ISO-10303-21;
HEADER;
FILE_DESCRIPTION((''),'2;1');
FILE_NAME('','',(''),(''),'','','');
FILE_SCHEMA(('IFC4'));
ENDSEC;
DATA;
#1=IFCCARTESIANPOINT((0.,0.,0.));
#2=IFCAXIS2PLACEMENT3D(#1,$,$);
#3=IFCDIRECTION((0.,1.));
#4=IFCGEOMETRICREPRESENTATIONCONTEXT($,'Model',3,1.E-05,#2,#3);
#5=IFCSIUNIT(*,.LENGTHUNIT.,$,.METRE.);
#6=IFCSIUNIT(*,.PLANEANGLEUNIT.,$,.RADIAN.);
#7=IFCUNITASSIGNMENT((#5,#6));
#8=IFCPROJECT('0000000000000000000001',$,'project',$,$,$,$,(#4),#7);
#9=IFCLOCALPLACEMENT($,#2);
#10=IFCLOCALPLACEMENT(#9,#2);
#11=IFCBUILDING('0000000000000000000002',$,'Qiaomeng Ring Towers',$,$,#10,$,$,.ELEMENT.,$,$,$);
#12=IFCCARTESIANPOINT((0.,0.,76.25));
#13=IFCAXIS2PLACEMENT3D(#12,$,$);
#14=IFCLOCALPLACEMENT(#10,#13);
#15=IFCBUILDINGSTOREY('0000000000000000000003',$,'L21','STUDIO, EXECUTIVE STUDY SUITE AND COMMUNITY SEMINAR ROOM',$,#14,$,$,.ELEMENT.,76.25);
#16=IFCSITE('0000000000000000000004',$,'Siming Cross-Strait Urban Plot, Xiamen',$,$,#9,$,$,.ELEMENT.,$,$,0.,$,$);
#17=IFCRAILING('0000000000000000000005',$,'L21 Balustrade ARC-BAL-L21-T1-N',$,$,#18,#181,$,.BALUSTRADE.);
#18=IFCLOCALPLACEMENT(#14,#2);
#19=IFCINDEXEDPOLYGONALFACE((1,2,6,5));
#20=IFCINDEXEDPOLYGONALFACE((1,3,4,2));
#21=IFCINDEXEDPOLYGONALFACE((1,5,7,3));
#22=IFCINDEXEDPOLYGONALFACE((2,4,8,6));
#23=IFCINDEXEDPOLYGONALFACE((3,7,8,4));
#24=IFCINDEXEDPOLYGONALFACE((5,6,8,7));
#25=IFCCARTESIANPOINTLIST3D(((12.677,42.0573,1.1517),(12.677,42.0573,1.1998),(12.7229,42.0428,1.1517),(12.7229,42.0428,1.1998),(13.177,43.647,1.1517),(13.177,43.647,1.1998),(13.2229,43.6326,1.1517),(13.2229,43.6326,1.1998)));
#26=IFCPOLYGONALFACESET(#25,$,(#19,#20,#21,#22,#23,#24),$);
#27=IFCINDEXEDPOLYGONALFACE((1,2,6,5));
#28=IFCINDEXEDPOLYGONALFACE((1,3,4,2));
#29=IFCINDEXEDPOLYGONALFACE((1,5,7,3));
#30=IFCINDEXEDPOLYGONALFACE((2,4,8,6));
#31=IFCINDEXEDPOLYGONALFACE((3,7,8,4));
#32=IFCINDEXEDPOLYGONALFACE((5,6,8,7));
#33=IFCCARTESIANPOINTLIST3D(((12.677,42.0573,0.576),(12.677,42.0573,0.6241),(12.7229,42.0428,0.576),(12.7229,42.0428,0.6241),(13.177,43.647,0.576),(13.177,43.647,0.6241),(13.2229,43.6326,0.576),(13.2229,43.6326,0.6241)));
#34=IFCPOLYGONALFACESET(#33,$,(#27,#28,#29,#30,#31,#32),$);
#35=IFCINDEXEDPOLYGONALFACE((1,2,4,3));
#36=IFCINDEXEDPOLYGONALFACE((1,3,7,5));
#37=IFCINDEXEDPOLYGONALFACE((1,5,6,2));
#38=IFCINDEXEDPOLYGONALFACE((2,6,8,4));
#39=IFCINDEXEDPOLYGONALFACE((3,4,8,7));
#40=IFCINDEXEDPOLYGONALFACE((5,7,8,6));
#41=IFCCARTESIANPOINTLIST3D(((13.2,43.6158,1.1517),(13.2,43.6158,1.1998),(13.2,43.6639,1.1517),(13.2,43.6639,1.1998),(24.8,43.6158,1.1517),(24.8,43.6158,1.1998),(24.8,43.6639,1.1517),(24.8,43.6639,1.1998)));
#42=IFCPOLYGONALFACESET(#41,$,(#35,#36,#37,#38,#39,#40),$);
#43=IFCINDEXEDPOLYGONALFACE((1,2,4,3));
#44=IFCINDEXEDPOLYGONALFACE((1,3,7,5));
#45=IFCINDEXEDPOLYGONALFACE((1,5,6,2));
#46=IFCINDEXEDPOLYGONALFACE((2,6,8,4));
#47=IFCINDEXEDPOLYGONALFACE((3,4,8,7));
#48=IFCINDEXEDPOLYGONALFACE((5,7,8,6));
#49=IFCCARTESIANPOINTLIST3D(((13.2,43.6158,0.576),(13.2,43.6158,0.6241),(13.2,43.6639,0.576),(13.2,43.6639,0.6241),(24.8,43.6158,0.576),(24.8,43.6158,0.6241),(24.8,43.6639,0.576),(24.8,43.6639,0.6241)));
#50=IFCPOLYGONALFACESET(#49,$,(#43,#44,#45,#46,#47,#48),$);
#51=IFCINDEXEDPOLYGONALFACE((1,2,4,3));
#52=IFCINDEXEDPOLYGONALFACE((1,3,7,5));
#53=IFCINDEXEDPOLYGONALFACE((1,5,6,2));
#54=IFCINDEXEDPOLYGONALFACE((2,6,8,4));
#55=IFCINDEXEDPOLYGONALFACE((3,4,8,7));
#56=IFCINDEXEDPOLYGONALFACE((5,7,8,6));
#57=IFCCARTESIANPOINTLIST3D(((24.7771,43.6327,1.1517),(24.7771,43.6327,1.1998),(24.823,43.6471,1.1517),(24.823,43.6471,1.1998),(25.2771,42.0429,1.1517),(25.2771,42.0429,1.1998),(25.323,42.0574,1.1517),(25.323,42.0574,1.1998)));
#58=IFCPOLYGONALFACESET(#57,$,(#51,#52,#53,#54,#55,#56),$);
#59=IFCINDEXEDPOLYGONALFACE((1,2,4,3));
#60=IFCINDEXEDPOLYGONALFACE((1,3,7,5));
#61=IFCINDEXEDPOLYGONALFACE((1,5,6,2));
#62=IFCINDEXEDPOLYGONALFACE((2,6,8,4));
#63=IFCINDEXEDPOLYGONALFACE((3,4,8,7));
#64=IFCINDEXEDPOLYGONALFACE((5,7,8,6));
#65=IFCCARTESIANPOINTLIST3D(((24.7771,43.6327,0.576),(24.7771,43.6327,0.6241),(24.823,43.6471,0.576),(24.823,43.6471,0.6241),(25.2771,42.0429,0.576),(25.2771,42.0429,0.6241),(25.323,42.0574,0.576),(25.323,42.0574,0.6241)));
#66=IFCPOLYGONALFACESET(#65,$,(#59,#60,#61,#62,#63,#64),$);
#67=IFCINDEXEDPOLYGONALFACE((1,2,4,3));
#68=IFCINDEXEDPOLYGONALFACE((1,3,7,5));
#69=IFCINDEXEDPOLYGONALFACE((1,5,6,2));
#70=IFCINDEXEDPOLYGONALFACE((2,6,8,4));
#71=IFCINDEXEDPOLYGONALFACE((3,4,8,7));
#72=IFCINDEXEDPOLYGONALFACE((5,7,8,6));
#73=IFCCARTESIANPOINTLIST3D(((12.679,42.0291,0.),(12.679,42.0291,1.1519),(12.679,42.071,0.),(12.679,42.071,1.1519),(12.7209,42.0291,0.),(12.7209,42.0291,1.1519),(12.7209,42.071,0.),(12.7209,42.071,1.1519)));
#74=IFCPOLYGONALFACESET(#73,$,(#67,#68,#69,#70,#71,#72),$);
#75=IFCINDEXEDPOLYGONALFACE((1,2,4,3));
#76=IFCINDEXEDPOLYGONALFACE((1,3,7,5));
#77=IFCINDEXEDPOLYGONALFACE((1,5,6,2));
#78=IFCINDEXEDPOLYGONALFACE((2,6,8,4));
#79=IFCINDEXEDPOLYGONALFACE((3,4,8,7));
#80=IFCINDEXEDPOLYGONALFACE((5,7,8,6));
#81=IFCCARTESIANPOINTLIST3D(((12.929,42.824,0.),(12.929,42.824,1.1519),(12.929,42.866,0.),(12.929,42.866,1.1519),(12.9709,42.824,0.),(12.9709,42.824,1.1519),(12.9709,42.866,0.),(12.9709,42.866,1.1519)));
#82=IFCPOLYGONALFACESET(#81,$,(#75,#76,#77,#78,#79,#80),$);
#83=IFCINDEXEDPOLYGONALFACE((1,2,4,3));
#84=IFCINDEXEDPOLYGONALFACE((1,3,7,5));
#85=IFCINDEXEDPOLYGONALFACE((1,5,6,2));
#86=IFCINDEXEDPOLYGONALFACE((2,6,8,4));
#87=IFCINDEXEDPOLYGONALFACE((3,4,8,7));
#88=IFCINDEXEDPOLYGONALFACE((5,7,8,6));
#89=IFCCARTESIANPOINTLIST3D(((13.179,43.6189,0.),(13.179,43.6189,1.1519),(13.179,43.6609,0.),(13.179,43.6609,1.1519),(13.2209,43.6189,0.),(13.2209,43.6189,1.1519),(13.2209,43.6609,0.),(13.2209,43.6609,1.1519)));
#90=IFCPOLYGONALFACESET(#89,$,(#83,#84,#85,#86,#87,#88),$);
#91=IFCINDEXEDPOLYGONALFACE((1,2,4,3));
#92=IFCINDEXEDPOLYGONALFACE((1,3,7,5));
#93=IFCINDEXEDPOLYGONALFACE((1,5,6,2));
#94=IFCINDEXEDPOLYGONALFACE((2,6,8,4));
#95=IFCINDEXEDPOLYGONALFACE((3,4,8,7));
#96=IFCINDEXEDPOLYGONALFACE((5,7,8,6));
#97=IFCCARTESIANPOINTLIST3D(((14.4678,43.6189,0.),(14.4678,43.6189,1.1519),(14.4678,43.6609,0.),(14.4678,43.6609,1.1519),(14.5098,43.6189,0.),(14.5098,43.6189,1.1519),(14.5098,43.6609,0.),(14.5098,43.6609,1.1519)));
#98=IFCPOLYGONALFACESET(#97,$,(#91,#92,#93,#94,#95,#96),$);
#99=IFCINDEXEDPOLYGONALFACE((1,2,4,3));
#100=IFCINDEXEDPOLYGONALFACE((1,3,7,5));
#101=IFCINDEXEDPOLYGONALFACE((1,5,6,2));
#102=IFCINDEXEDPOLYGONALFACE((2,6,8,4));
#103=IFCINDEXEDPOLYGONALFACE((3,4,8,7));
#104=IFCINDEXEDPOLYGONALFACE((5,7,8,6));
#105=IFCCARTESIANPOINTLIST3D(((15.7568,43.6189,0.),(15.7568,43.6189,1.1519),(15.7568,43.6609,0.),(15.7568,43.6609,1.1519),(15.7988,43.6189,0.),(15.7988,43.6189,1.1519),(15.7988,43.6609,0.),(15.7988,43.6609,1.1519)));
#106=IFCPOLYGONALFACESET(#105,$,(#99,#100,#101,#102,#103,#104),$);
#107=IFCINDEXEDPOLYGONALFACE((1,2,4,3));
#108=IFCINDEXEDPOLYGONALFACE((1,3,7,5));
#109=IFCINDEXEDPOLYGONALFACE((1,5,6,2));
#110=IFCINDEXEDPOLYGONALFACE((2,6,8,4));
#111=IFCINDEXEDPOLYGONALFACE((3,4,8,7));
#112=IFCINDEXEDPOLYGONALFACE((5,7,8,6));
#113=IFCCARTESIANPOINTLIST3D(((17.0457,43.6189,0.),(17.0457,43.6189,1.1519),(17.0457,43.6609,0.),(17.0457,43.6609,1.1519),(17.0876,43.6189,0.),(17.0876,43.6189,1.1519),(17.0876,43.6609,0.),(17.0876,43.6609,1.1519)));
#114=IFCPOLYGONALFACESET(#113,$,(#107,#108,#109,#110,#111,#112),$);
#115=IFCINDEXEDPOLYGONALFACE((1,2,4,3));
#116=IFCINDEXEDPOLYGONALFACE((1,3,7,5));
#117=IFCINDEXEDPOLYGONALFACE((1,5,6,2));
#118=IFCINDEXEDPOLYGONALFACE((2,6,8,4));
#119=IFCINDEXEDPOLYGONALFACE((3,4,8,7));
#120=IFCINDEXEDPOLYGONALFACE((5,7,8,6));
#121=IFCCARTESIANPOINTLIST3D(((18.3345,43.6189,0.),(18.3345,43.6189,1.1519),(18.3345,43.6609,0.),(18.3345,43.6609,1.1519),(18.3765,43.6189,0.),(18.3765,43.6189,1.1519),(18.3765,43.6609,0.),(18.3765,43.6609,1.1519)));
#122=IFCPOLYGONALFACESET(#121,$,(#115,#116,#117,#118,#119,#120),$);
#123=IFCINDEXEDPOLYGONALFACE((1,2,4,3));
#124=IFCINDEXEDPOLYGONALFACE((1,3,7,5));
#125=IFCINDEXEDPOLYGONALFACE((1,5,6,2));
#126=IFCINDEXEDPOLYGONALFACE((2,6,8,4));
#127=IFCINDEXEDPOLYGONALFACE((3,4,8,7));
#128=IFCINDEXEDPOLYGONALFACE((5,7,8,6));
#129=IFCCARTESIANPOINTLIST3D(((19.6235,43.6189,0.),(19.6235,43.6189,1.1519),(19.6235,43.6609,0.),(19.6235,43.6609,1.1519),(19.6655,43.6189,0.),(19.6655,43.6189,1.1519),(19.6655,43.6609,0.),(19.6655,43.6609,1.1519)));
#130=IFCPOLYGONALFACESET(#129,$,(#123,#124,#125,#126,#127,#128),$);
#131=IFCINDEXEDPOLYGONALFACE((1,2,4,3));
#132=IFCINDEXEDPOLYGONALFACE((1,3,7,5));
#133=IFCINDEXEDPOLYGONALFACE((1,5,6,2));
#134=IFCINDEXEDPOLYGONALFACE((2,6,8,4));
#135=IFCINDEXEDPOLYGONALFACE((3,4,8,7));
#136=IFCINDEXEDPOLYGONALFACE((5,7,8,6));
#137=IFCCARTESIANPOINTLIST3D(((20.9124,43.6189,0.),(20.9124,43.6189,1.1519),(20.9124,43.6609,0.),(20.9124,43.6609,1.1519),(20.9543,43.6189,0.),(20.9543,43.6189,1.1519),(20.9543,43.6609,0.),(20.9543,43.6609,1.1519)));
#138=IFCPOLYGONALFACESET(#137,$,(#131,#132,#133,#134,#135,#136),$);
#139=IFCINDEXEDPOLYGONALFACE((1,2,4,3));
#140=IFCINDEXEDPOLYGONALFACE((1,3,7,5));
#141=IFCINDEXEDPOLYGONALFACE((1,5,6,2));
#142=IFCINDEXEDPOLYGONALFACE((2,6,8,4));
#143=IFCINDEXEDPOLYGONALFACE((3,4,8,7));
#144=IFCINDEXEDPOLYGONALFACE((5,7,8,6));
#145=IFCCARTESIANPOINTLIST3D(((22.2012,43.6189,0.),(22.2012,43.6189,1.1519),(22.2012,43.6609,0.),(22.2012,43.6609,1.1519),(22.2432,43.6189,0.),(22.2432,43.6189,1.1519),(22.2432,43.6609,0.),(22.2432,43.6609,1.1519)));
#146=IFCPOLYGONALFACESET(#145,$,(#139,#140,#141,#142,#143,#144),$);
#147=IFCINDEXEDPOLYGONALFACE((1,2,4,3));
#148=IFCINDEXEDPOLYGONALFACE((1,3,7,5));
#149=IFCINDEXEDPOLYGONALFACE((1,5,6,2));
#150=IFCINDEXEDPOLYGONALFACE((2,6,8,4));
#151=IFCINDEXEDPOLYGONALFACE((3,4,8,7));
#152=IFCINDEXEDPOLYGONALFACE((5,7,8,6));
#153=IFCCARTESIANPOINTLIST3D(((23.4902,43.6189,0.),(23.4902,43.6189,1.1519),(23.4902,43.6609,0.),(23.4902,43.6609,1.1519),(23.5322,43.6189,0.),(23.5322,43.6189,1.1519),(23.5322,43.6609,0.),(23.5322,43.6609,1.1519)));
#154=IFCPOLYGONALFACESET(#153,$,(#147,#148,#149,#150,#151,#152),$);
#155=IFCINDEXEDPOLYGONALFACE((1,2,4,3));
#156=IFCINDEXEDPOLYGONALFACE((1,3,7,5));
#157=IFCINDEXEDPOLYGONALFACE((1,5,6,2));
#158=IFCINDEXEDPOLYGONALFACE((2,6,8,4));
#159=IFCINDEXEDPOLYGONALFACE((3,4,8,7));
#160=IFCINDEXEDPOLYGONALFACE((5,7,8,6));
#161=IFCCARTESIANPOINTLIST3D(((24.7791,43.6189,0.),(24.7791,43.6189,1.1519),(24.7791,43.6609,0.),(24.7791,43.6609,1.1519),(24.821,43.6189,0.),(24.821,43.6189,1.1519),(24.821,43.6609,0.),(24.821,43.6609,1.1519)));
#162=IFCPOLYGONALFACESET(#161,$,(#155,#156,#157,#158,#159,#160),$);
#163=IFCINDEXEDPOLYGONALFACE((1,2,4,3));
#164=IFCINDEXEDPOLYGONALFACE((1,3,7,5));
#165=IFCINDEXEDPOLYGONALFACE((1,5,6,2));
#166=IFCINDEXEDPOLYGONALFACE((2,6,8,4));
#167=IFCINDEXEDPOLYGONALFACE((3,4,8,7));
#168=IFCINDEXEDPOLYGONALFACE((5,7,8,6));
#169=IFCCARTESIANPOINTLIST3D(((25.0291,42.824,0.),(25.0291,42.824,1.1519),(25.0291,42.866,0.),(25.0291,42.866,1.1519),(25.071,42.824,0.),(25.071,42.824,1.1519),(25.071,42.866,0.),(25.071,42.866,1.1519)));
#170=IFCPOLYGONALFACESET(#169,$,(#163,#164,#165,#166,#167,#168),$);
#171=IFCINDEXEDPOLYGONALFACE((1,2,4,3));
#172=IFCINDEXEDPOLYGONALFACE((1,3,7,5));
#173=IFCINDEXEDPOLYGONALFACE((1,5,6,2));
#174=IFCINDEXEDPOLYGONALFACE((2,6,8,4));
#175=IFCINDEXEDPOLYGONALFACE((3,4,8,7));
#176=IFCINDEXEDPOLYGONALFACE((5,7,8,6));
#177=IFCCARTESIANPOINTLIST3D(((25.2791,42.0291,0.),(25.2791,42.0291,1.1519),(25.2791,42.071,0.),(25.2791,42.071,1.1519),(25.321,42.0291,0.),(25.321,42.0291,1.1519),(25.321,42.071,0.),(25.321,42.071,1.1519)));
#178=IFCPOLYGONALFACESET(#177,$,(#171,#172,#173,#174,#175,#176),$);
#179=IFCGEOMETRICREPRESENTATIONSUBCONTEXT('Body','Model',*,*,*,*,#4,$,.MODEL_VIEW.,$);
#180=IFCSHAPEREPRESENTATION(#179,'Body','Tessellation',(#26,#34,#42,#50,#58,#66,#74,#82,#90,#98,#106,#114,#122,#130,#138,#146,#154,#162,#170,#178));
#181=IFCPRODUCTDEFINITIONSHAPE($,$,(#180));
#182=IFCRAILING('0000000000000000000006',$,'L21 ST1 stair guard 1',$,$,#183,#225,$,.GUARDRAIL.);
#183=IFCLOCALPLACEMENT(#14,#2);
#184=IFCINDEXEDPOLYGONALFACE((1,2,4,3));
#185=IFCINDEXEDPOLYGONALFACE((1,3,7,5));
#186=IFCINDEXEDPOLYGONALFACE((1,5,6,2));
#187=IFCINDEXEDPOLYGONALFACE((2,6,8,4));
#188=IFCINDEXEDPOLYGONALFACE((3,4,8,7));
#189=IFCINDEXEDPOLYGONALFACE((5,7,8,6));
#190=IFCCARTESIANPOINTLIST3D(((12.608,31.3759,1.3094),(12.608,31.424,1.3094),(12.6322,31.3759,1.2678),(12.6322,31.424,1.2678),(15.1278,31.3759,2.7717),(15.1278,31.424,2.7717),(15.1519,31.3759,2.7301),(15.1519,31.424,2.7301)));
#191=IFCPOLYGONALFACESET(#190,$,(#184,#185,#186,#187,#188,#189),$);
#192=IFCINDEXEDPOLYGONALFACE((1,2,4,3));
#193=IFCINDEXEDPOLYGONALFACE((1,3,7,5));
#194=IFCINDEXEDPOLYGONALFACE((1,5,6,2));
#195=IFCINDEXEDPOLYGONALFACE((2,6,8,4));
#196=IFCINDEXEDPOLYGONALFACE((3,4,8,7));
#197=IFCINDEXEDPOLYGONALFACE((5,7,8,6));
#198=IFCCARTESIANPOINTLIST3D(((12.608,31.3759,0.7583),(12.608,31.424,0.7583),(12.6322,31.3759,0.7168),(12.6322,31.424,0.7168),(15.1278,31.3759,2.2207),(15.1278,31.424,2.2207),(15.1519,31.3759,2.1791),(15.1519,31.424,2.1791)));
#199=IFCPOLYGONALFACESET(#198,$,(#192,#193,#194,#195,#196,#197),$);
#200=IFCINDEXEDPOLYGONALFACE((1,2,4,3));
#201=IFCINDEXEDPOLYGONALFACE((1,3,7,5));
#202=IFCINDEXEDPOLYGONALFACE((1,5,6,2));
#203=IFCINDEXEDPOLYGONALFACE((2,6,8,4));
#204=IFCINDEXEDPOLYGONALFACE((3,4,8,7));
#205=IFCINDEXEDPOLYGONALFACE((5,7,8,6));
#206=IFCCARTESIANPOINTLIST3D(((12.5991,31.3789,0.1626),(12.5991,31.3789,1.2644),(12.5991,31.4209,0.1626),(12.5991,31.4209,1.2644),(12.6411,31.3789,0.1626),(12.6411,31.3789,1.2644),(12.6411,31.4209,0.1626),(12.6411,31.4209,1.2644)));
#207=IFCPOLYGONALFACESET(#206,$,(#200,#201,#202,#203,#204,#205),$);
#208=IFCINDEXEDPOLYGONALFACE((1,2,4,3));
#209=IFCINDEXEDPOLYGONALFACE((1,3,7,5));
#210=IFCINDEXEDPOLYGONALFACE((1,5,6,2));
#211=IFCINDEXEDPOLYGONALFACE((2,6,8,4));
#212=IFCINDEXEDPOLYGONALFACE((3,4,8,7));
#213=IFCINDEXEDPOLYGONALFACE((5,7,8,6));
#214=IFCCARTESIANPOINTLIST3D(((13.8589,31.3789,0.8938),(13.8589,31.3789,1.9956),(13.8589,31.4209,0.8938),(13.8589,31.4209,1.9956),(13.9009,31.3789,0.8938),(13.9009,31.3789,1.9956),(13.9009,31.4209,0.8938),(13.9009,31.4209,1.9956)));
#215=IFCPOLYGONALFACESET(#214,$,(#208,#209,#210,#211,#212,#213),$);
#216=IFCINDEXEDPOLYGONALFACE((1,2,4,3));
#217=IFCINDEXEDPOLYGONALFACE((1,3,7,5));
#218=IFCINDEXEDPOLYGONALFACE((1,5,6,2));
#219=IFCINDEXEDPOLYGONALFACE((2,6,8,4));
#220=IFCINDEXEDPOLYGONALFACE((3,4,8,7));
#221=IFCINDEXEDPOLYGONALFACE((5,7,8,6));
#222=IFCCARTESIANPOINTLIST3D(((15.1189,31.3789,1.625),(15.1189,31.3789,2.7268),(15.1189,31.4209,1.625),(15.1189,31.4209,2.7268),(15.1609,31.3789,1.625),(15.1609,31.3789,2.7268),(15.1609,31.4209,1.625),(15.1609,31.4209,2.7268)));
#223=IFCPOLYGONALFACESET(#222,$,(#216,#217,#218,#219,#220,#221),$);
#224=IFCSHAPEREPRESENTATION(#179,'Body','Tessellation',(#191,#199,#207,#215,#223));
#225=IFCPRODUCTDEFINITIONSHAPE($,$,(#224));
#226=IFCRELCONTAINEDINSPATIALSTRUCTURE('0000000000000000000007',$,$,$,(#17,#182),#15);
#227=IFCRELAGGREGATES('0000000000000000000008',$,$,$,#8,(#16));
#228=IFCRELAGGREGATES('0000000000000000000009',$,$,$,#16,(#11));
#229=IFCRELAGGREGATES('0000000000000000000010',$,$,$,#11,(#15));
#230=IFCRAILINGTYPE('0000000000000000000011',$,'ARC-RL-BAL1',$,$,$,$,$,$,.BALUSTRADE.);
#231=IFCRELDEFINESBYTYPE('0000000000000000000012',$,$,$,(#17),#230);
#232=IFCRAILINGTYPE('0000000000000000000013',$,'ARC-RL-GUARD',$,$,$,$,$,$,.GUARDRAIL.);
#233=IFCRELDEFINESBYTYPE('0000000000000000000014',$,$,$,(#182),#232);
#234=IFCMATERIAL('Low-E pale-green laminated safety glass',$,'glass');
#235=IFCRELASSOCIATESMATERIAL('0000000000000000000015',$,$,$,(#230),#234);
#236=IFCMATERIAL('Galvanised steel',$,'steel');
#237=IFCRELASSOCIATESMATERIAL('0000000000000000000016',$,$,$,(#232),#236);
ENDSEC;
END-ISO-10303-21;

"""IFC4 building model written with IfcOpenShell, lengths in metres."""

from ifc_helpers import new_model, si_unit, direction, frame, origin, origin_2d, place, context, subcontext, project, spatial, rectangle, extrude, material, type_object, element, save


model = new_model("IFC4")

# Units and contexts
model_context = context("Model", 3, precision=1e-05, world=origin(), true_north=direction((0.0, 1.0)))
body_context = subcontext(model_context, "Body", "Model", "MODEL_VIEW")
ifc_project = project(units=[si_unit("LENGTHUNIT", "METRE"), si_unit("PLANEANGLEUNIT", "RADIAN")], contexts=[model_context])

# Site, building, storey
site_placement = place(None, origin())
site = spatial("IfcSite", under=ifc_project, at=site_placement, Name="Siming Cross-Strait Urban Plot, Xiamen", CompositionType="ELEMENT", RefElevation=0.0)
building_placement = place(site_placement, origin())
building = spatial("IfcBuilding", under=site, at=building_placement, Name="Qiaomeng Ring Towers", CompositionType="ELEMENT")
storey_placement = place(building_placement, frame((0.0, 0.0, 76.25)))
storey = spatial("IfcBuildingStorey", under=building, at=storey_placement, Name="L21", Description="STUDIO, EXECUTIVE STUDY SUITE AND COMMUNITY SEMINAR ROOM", CompositionType="ELEMENT", Elevation=76.25)

# Shared definitions
ifc_material_1 = material(Name="Galvanised steel", Category="steel")

# Railings
ifc_material_2 = material(Name="Low-E pale-green laminated safety glass", Category="glass")
railing_type_1 = type_object("IfcRailingType", Name="ARC-RL-BAL1", PredefinedType="BALUSTRADE", material=ifc_material_2)
railing_1_placement = place(storey_placement, frame((12.7, 42.05, 0.0)))
element("IfcRailing", 1, at=railing_1_placement, inside=storey, type_object=railing_type_1, Name="L21 Balustrade ARC-BAL-L21-T1-N", PredefinedType="BALUSTRADE", context=body_context, shape_type="SweptSolid", body=[
    extrude(rectangle(XDim=0.0481, YDim=0.0481, at=origin_2d()), frame((0.0, 0.0, 1.1758), z_axis=(0.300009, 0.953936, 0.0), x_axis=(-0.953936, 0.300009, 0.0)), (0.0, 0.0, 1.0), 1.6665),
    extrude(rectangle(XDim=0.0481, YDim=0.0481, at=origin_2d()), frame((0.0, 0.0, 0.6001), z_axis=(0.300009, 0.953936, 0.0), x_axis=(-0.953936, 0.300009, 0.0)), (0.0, 0.0, 1.0), 1.6665),
    extrude(rectangle(XDim=0.0481, YDim=0.0481, at=origin_2d()), frame((0.5, 1.5898, 1.1758), z_axis=(1.0, 0.0, 0.0), x_axis=(0.0, 1.0, 0.0)), (0.0, 0.0, 1.0), 11.6001),
    extrude(rectangle(XDim=0.0481, YDim=0.0481, at=origin_2d()), frame((0.5, 1.5898, 0.6001), z_axis=(1.0, 0.0, 0.0), x_axis=(0.0, 1.0, 0.0)), (0.0, 0.0, 1.0), 11.6001),
    extrude(rectangle(XDim=0.0481, YDim=0.0481, at=origin_2d()), frame((12.1001, 1.5898, 1.1758), z_axis=(0.300009, -0.953936, 0.0), x_axis=(0.953936, 0.300009, 0.0)), (0.0, 0.0, 1.0), 1.6665),
    extrude(rectangle(XDim=0.0481, YDim=0.0481, at=origin_2d()), frame((12.1001, 1.5898, 0.6001), z_axis=(0.300009, -0.953936, 0.0), x_axis=(0.953936, 0.300009, 0.0)), (0.0, 0.0, 1.0), 1.6665),
    extrude(rectangle(XDim=0.042, YDim=0.042, at=origin_2d()), origin(), (0.0, 0.0, 1.0), 1.1519),
    extrude(rectangle(XDim=0.042, YDim=0.042, at=origin_2d()), frame((0.25, 0.7949, 0.0)), (0.0, 0.0, 1.0), 1.1519),
    extrude(rectangle(XDim=0.042, YDim=0.042, at=origin_2d()), frame((0.5, 1.5898, 0.0)), (0.0, 0.0, 1.0), 1.1519),
    extrude(rectangle(XDim=0.042, YDim=0.042, at=origin_2d()), frame((1.7888, 1.5898, 0.0)), (0.0, 0.0, 1.0), 1.1519),
    extrude(rectangle(XDim=0.042, YDim=0.042, at=origin_2d()), frame((3.0779, 1.5898, 0.0)), (0.0, 0.0, 1.0), 1.1519),
    extrude(rectangle(XDim=0.042, YDim=0.042, at=origin_2d()), frame((4.3667, 1.5898, 0.0)), (0.0, 0.0, 1.0), 1.1519),
    extrude(rectangle(XDim=0.042, YDim=0.042, at=origin_2d()), frame((5.6555, 1.5898, 0.0)), (0.0, 0.0, 1.0), 1.1519),
    extrude(rectangle(XDim=0.042, YDim=0.042, at=origin_2d()), frame((6.9446, 1.5898, 0.0)), (0.0, 0.0, 1.0), 1.1519),
    extrude(rectangle(XDim=0.042, YDim=0.042, at=origin_2d()), frame((8.2334, 1.5898, 0.0)), (0.0, 0.0, 1.0), 1.1519),
    extrude(rectangle(XDim=0.042, YDim=0.042, at=origin_2d()), frame((9.5222, 1.5898, 0.0)), (0.0, 0.0, 1.0), 1.1519),
    extrude(rectangle(XDim=0.042, YDim=0.042, at=origin_2d()), frame((10.8113, 1.5898, 0.0)), (0.0, 0.0, 1.0), 1.1519),
    extrude(rectangle(XDim=0.042, YDim=0.042, at=origin_2d()), frame((12.1001, 1.5898, 0.0)), (0.0, 0.0, 1.0), 1.1519),
    extrude(rectangle(XDim=0.042, YDim=0.042, at=origin_2d()), frame((12.3501, 0.7949, 0.0)), (0.0, 0.0, 1.0), 1.1519),
    extrude(rectangle(XDim=0.042, YDim=0.042, at=origin_2d()), frame((12.6001, 0.0, 0.0)), (0.0, 0.0, 1.0), 1.1519),
])
railing_type_2 = type_object("IfcRailingType", Name="ARC-RL-GUARD", PredefinedType="GUARDRAIL", material=ifc_material_1)
railing_2_placement = place(storey_placement, frame((12.6201, 31.3999, 0.1626)))
element("IfcRailing", 2, at=railing_2_placement, inside=storey, type_object=railing_type_2, Name="L21 ST1 stair guard 1", PredefinedType="GUARDRAIL", context=body_context, shape_type="SweptSolid", body=[
    extrude(rectangle(XDim=0.0481, YDim=0.0481, at=origin_2d()), frame((0.0, 0.0, 1.126), z_axis=(0.864892, 0.0, 0.501958), x_axis=(0.0, 1.0, 0.0)), (0.0, 0.0, 1.0), 2.9133),
    extrude(rectangle(XDim=0.0481, YDim=0.0481, at=origin_2d()), frame((0.0, 0.0, 0.575), z_axis=(0.864892, 0.0, 0.501958), x_axis=(0.0, 1.0, 0.0)), (0.0, 0.0, 1.0), 2.9133),
    extrude(rectangle(XDim=0.042, YDim=0.042, at=origin_2d()), origin(), (0.0, 0.0, 1.0), 1.1018),
    extrude(rectangle(XDim=0.042, YDim=0.042, at=origin_2d()), frame((1.2598, 0.0, 0.7312)), (0.0, 0.0, 1.0), 1.1018),
    extrude(rectangle(XDim=0.042, YDim=0.042, at=origin_2d()), frame((2.5198, 0.0, 1.4624)), (0.0, 0.0, 1.0), 1.1018),
])

save(model, "model.ifc")
